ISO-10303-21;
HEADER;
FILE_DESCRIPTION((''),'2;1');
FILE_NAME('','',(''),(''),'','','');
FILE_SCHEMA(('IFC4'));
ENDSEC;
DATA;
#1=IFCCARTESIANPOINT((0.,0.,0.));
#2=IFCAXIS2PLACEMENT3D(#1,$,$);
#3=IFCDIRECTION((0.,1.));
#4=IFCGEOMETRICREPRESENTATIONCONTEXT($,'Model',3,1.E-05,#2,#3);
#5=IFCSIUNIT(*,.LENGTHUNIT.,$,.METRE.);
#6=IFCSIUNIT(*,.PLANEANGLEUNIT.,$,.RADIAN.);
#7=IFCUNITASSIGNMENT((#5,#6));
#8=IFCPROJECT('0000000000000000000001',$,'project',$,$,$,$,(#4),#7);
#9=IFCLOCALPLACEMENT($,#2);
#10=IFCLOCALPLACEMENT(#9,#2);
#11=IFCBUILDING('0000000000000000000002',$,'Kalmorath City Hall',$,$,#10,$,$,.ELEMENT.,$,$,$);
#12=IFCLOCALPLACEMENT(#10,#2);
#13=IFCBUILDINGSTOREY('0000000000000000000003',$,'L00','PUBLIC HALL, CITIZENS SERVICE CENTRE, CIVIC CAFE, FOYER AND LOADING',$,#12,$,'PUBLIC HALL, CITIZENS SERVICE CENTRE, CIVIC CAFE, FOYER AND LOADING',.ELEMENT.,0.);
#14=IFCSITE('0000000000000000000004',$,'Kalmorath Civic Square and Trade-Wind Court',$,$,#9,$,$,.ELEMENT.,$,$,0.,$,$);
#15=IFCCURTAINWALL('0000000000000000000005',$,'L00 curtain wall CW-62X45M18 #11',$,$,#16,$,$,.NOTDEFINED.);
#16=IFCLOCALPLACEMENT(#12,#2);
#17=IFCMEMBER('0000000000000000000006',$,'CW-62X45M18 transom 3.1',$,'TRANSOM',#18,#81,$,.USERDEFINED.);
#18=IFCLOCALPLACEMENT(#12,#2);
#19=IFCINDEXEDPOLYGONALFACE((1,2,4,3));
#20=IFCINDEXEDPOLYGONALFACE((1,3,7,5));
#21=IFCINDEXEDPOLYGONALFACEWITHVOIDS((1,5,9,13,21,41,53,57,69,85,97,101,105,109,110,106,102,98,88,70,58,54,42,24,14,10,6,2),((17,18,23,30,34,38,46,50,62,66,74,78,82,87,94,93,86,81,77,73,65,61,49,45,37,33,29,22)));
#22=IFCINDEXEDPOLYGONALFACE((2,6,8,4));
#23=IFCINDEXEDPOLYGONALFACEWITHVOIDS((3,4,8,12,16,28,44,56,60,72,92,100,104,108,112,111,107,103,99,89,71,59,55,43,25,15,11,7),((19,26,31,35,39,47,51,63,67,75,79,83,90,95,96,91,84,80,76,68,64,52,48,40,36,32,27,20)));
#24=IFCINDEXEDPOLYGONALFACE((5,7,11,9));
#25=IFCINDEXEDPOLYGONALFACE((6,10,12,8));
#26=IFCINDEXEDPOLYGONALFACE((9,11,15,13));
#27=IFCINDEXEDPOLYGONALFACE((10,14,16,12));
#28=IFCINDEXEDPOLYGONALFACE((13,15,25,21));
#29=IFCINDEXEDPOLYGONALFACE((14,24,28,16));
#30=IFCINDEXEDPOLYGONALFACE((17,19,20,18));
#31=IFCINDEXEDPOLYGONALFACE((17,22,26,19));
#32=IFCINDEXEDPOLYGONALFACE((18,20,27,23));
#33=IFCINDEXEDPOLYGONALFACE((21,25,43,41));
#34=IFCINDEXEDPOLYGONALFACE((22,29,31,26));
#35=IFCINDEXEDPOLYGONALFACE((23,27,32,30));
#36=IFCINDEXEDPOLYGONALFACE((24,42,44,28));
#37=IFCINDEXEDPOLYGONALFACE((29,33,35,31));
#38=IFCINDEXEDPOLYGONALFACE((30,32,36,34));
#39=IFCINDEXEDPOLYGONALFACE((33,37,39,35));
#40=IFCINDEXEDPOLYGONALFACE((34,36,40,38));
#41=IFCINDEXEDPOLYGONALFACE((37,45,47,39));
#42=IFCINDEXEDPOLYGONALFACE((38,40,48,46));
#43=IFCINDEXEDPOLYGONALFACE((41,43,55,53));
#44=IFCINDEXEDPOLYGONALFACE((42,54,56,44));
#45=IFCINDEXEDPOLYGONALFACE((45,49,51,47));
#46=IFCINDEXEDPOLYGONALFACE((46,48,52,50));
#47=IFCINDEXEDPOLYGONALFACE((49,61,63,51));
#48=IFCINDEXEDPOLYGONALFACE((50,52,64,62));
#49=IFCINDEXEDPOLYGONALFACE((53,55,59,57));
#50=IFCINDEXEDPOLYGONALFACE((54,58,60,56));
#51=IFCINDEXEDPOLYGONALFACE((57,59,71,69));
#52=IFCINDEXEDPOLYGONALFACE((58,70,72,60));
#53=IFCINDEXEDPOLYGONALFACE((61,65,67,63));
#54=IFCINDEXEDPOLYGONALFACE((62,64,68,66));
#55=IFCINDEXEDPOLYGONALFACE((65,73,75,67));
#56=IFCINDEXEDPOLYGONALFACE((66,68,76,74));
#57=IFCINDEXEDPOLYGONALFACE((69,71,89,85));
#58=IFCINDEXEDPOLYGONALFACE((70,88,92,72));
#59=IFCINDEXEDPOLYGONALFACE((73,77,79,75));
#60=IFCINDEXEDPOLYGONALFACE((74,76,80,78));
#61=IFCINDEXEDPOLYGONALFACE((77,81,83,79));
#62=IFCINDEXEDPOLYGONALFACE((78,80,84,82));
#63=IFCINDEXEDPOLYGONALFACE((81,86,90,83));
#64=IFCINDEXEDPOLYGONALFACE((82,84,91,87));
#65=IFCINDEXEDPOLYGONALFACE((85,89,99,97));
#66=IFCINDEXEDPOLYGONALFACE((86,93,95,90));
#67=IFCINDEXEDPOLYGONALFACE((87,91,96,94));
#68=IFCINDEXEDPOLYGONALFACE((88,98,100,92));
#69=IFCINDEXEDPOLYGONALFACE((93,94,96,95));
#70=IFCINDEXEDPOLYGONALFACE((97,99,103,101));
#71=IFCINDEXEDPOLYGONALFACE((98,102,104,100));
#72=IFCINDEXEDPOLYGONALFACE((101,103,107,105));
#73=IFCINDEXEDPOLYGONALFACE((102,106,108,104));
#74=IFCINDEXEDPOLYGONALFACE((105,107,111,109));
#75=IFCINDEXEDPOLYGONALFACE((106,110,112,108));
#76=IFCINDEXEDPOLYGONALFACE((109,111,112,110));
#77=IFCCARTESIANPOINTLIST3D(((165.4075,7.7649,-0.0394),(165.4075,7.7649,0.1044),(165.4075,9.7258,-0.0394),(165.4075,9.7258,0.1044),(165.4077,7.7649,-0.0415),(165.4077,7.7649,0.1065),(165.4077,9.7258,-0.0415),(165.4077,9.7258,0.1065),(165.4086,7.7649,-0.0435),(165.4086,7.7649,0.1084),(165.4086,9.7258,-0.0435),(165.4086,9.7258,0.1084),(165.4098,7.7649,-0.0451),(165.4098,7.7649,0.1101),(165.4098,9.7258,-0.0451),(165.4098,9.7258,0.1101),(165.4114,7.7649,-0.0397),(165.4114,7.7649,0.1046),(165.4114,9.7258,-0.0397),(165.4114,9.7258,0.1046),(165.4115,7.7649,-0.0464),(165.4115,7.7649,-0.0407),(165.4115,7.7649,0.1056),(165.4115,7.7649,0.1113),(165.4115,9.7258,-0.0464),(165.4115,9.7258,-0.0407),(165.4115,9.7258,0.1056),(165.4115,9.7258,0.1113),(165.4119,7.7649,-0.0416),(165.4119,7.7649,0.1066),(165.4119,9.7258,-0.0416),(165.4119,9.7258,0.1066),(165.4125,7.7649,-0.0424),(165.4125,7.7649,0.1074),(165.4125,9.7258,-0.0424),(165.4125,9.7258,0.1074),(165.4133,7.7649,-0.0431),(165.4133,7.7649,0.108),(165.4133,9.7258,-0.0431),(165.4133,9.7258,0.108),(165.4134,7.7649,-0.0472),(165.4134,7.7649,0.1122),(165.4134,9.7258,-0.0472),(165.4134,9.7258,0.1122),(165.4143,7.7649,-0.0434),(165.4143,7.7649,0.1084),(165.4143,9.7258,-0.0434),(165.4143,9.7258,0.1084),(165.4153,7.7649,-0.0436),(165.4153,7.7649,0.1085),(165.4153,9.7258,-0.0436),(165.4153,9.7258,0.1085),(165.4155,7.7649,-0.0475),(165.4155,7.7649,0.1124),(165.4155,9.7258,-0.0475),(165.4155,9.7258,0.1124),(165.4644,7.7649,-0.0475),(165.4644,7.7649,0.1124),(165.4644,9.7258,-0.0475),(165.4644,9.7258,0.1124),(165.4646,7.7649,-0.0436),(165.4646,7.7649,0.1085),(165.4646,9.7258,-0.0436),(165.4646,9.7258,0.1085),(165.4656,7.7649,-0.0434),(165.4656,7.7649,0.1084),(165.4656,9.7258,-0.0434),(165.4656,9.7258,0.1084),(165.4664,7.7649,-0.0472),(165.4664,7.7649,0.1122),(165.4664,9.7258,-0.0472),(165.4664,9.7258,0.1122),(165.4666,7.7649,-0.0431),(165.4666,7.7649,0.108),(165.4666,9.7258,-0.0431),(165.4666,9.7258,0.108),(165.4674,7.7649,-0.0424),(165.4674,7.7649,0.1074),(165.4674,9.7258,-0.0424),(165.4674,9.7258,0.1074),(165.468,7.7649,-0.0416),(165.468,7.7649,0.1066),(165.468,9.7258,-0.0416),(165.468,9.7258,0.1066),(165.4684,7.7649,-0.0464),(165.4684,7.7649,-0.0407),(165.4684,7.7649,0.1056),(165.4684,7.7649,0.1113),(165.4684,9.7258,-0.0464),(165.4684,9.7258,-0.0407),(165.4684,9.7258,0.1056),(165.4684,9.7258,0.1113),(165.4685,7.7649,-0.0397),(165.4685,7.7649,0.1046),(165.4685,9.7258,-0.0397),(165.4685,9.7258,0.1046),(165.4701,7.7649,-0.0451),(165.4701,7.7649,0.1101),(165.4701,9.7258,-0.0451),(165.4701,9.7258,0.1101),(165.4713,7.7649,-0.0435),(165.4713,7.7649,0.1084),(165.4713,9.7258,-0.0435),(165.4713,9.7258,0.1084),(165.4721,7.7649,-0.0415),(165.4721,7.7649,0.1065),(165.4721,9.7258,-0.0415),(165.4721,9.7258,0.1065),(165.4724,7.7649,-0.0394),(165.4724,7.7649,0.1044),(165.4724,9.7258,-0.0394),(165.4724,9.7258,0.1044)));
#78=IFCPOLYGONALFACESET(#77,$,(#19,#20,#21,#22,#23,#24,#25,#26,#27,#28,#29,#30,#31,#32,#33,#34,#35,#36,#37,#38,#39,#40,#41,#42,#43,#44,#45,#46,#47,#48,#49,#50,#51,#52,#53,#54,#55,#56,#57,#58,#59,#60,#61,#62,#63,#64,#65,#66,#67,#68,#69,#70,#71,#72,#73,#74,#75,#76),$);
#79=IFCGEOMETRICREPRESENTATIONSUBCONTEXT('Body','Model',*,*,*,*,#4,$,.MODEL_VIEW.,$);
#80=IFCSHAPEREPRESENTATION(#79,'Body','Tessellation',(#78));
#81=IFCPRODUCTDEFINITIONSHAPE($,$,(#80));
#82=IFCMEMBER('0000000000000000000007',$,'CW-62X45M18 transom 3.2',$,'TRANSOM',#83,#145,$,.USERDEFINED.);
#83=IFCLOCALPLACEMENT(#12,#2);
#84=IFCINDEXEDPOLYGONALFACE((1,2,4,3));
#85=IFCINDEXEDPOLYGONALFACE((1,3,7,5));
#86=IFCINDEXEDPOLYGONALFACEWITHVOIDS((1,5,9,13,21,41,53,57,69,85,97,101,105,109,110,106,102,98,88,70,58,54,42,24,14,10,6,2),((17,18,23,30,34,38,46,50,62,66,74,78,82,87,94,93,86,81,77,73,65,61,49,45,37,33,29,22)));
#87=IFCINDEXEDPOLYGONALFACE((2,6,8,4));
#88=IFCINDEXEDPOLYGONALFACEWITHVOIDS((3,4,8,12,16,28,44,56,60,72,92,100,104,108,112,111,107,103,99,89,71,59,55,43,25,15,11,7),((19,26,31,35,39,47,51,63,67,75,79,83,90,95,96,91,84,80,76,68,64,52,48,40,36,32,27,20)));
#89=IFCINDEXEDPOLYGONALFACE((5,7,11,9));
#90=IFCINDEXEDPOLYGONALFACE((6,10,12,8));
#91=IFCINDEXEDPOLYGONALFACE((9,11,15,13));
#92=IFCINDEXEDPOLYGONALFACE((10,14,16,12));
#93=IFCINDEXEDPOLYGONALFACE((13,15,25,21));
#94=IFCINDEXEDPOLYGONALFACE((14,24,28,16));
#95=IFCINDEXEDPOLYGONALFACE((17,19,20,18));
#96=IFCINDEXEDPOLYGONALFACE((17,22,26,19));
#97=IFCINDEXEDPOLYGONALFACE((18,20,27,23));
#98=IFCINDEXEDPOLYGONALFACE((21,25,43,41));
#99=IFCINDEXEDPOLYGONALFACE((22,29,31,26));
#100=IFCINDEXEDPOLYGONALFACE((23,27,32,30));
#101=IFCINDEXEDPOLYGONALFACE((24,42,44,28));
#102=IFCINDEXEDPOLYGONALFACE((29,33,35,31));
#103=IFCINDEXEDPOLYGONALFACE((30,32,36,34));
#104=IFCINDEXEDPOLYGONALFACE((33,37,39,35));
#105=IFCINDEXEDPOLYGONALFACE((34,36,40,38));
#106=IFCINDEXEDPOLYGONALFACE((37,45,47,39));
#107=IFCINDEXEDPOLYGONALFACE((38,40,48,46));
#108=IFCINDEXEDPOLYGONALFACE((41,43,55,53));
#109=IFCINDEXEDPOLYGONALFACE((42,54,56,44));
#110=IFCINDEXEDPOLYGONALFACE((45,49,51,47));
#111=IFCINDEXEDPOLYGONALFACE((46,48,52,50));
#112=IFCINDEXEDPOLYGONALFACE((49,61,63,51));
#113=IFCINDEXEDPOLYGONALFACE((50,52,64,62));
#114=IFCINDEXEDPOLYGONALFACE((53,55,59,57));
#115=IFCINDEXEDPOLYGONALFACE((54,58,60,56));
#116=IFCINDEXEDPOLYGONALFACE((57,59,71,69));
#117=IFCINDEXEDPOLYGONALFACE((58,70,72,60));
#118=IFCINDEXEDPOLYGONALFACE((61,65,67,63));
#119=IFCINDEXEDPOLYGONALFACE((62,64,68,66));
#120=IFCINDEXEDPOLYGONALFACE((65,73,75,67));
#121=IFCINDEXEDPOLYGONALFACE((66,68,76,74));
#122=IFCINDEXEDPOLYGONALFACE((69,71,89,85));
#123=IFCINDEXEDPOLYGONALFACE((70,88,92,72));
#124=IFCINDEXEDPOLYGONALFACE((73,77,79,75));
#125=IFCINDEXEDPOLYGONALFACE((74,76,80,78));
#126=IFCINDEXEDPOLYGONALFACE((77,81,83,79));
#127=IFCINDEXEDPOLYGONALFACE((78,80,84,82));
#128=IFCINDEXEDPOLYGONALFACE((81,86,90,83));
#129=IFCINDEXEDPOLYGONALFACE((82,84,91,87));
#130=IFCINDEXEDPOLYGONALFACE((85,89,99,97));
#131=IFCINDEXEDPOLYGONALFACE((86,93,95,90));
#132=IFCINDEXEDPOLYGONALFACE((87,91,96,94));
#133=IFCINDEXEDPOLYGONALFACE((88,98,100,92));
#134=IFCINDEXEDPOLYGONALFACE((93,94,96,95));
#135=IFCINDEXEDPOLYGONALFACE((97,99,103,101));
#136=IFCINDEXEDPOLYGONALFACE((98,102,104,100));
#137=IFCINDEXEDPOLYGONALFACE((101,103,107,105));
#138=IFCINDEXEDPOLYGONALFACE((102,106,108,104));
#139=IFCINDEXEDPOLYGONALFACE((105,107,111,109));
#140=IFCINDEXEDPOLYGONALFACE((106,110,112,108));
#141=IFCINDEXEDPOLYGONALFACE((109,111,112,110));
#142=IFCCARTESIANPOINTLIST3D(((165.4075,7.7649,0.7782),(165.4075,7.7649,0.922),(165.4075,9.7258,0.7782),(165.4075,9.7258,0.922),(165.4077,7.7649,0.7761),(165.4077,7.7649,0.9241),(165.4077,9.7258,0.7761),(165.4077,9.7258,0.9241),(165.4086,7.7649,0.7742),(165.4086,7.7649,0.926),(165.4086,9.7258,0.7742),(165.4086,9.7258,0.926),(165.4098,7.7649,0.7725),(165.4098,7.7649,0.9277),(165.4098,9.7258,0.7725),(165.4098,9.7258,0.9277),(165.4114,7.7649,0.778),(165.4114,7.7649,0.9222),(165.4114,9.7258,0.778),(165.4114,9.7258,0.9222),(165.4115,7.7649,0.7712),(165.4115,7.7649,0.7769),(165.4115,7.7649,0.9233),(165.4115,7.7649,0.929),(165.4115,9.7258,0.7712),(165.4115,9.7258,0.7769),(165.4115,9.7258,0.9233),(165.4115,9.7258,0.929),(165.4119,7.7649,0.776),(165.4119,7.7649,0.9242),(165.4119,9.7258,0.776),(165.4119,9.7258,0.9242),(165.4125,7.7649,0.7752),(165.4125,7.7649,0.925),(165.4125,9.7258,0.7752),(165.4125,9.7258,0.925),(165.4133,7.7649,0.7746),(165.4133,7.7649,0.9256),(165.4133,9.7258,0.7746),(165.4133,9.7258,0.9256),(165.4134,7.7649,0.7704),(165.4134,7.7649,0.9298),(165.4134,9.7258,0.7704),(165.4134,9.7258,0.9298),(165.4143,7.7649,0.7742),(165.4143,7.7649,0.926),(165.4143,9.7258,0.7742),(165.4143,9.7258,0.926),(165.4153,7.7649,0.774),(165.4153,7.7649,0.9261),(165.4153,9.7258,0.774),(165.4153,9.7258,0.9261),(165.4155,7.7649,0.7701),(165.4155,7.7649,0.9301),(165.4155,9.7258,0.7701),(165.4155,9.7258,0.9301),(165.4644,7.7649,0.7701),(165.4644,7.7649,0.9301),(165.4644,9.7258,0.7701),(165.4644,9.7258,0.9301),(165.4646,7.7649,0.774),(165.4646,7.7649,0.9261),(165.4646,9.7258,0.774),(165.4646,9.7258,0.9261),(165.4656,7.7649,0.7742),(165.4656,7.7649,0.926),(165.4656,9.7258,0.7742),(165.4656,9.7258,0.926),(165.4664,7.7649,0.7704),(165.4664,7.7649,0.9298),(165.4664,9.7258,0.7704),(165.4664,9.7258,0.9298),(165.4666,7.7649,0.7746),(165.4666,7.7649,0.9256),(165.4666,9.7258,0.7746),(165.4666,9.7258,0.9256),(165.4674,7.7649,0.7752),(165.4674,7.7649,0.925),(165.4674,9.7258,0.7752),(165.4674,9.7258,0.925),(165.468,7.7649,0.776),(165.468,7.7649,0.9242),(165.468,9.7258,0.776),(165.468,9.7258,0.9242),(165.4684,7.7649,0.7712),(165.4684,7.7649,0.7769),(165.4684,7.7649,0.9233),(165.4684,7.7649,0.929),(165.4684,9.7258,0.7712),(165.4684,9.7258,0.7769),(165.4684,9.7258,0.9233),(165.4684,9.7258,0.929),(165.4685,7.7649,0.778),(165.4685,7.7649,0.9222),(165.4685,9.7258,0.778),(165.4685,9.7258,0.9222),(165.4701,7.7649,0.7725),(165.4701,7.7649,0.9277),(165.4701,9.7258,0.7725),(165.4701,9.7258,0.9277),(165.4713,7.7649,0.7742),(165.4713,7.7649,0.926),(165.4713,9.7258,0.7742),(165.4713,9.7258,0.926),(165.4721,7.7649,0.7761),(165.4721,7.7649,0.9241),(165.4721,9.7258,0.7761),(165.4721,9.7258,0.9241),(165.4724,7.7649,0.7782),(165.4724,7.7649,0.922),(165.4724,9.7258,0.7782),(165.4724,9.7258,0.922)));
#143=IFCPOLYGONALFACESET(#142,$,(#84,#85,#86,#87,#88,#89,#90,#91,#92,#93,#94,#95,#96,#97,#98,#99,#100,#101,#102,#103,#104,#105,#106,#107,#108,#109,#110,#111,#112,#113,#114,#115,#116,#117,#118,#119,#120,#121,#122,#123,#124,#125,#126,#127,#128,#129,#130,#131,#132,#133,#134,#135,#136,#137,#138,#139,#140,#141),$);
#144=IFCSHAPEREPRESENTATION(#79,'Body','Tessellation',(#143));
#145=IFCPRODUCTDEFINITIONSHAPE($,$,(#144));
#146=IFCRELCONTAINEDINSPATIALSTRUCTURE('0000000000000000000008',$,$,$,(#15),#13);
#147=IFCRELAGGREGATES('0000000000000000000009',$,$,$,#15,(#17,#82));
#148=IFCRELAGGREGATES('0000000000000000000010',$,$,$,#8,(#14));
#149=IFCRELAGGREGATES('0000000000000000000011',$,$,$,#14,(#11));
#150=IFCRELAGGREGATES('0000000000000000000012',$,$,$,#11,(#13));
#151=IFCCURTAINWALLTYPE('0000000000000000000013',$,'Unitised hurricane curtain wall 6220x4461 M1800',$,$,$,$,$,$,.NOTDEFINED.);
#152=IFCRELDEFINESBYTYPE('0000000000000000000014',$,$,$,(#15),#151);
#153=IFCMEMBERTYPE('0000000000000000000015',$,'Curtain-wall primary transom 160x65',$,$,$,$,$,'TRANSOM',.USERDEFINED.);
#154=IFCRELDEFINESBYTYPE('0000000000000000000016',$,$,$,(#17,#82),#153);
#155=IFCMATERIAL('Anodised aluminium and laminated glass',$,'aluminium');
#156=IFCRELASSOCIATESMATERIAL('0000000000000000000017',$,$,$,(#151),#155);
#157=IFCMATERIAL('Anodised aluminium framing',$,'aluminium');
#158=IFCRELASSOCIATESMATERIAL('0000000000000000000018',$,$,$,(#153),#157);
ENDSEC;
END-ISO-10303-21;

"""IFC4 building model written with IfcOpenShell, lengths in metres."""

from ifc_helpers import new_model, si_unit, direction, frame, origin, origin_2d, place, context, subcontext, project, spatial, hollow_rectangle, extrude, material, material_profile, profile_set, type_object, element, aggregate, save


model = new_model("IFC4")

# Units and contexts
model_context = context("Model", 3, precision=1e-05, world=origin(), true_north=direction((0.0, 1.0)))
body_context = subcontext(model_context, "Body", "Model", "MODEL_VIEW")
ifc_project = project(units=[si_unit("LENGTHUNIT", "METRE"), si_unit("PLANEANGLEUNIT", "RADIAN")], contexts=[model_context])

# Site, building, storey
site_placement = place(None, origin())
site = spatial("IfcSite", under=ifc_project, at=site_placement, Name="Kalmorath Civic Square and Trade-Wind Court", CompositionType="ELEMENT", RefElevation=0.0)
building_placement = place(site_placement, origin())
building = spatial("IfcBuilding", under=site, at=building_placement, Name="Kalmorath City Hall", CompositionType="ELEMENT")
storey_placement = place(building_placement, origin())
storey = spatial("IfcBuildingStorey", under=building, at=storey_placement, Name="L00", Description="PUBLIC HALL, CITIZENS SERVICE CENTRE, CIVIC CAFE, FOYER AND LOADING", LongName="PUBLIC HALL, CITIZENS SERVICE CENTRE, CIVIC CAFE, FOYER AND LOADING", CompositionType="ELEMENT", Elevation=0.0)

# Curtain wall, members
ifc_material_1 = material(Name="Anodised aluminium and laminated glass", Category="aluminium")
curtain_wall_type = type_object("IfcCurtainWallType", Name="Unitised hurricane curtain wall 6220x4461 M1800", PredefinedType="NOTDEFINED", material=ifc_material_1)
curtain_wall_placement = place(storey_placement, origin())
curtain_wall = element("IfcCurtainWall", 1, at=curtain_wall_placement, inside=storey, type_object=curtain_wall_type, Name="L00 curtain wall CW-62X45M18 #11", PredefinedType="NOTDEFINED")
ifc_material_2 = material(Name="Anodised aluminium framing", Category="aluminium")
ifc_material_profile_1 = material_profile(ifc_material_2, hollow_rectangle(XDim=0.0649, YDim=0.1599, WallThickness=0.0039, InnerFilletRadius=0.0039, OuterFilletRadius=0.0081, at=origin_2d()), Name="ALU-TRN-160X65X4")
ifc_profile_set_1 = profile_set([ifc_material_profile_1], Name="Anodised aluminium framing")
member_type_1 = type_object("IfcMemberType", Name="Curtain-wall primary transom 160x65", ElementType="TRANSOM", PredefinedType="USERDEFINED", material=ifc_profile_set_1)
member_1_placement = place(storey_placement, frame((165.4399, 9.7258, 0.0325), z_axis=(0.0, -1.0, 0.0), x_axis=(1.0, 0.0, 0.0)))
member_1 = element("IfcMember", 2, at=member_1_placement, type_object=member_type_1, Name="CW-62X45M18 transom 3.1", ObjectType="TRANSOM", PredefinedType="USERDEFINED", context=body_context, shape_type="SweptSolid", body=[
    extrude(hollow_rectangle(XDim=0.0649, YDim=0.1599, WallThickness=0.0039, InnerFilletRadius=0.0039, OuterFilletRadius=0.0081, at=origin_2d()), origin(), (0.0, 0.0, 1.0), 1.9609),
])
member_2_placement = place(storey_placement, frame((165.4399, 9.7258, 0.8501), z_axis=(0.0, -1.0, 0.0), x_axis=(1.0, 0.0, 0.0)))
member_2 = element("IfcMember", 3, at=member_2_placement, type_object=member_type_1, Name="CW-62X45M18 transom 3.2", ObjectType="TRANSOM", PredefinedType="USERDEFINED", context=body_context, shape_type="SweptSolid", body=[
    extrude(hollow_rectangle(XDim=0.0649, YDim=0.1599, WallThickness=0.0039, InnerFilletRadius=0.0039, OuterFilletRadius=0.0081, at=origin_2d()), origin(), (0.0, 0.0, 1.0), 1.9609),
])

aggregate(curtain_wall, [member_1, member_2])

save(model, "model.ifc")
